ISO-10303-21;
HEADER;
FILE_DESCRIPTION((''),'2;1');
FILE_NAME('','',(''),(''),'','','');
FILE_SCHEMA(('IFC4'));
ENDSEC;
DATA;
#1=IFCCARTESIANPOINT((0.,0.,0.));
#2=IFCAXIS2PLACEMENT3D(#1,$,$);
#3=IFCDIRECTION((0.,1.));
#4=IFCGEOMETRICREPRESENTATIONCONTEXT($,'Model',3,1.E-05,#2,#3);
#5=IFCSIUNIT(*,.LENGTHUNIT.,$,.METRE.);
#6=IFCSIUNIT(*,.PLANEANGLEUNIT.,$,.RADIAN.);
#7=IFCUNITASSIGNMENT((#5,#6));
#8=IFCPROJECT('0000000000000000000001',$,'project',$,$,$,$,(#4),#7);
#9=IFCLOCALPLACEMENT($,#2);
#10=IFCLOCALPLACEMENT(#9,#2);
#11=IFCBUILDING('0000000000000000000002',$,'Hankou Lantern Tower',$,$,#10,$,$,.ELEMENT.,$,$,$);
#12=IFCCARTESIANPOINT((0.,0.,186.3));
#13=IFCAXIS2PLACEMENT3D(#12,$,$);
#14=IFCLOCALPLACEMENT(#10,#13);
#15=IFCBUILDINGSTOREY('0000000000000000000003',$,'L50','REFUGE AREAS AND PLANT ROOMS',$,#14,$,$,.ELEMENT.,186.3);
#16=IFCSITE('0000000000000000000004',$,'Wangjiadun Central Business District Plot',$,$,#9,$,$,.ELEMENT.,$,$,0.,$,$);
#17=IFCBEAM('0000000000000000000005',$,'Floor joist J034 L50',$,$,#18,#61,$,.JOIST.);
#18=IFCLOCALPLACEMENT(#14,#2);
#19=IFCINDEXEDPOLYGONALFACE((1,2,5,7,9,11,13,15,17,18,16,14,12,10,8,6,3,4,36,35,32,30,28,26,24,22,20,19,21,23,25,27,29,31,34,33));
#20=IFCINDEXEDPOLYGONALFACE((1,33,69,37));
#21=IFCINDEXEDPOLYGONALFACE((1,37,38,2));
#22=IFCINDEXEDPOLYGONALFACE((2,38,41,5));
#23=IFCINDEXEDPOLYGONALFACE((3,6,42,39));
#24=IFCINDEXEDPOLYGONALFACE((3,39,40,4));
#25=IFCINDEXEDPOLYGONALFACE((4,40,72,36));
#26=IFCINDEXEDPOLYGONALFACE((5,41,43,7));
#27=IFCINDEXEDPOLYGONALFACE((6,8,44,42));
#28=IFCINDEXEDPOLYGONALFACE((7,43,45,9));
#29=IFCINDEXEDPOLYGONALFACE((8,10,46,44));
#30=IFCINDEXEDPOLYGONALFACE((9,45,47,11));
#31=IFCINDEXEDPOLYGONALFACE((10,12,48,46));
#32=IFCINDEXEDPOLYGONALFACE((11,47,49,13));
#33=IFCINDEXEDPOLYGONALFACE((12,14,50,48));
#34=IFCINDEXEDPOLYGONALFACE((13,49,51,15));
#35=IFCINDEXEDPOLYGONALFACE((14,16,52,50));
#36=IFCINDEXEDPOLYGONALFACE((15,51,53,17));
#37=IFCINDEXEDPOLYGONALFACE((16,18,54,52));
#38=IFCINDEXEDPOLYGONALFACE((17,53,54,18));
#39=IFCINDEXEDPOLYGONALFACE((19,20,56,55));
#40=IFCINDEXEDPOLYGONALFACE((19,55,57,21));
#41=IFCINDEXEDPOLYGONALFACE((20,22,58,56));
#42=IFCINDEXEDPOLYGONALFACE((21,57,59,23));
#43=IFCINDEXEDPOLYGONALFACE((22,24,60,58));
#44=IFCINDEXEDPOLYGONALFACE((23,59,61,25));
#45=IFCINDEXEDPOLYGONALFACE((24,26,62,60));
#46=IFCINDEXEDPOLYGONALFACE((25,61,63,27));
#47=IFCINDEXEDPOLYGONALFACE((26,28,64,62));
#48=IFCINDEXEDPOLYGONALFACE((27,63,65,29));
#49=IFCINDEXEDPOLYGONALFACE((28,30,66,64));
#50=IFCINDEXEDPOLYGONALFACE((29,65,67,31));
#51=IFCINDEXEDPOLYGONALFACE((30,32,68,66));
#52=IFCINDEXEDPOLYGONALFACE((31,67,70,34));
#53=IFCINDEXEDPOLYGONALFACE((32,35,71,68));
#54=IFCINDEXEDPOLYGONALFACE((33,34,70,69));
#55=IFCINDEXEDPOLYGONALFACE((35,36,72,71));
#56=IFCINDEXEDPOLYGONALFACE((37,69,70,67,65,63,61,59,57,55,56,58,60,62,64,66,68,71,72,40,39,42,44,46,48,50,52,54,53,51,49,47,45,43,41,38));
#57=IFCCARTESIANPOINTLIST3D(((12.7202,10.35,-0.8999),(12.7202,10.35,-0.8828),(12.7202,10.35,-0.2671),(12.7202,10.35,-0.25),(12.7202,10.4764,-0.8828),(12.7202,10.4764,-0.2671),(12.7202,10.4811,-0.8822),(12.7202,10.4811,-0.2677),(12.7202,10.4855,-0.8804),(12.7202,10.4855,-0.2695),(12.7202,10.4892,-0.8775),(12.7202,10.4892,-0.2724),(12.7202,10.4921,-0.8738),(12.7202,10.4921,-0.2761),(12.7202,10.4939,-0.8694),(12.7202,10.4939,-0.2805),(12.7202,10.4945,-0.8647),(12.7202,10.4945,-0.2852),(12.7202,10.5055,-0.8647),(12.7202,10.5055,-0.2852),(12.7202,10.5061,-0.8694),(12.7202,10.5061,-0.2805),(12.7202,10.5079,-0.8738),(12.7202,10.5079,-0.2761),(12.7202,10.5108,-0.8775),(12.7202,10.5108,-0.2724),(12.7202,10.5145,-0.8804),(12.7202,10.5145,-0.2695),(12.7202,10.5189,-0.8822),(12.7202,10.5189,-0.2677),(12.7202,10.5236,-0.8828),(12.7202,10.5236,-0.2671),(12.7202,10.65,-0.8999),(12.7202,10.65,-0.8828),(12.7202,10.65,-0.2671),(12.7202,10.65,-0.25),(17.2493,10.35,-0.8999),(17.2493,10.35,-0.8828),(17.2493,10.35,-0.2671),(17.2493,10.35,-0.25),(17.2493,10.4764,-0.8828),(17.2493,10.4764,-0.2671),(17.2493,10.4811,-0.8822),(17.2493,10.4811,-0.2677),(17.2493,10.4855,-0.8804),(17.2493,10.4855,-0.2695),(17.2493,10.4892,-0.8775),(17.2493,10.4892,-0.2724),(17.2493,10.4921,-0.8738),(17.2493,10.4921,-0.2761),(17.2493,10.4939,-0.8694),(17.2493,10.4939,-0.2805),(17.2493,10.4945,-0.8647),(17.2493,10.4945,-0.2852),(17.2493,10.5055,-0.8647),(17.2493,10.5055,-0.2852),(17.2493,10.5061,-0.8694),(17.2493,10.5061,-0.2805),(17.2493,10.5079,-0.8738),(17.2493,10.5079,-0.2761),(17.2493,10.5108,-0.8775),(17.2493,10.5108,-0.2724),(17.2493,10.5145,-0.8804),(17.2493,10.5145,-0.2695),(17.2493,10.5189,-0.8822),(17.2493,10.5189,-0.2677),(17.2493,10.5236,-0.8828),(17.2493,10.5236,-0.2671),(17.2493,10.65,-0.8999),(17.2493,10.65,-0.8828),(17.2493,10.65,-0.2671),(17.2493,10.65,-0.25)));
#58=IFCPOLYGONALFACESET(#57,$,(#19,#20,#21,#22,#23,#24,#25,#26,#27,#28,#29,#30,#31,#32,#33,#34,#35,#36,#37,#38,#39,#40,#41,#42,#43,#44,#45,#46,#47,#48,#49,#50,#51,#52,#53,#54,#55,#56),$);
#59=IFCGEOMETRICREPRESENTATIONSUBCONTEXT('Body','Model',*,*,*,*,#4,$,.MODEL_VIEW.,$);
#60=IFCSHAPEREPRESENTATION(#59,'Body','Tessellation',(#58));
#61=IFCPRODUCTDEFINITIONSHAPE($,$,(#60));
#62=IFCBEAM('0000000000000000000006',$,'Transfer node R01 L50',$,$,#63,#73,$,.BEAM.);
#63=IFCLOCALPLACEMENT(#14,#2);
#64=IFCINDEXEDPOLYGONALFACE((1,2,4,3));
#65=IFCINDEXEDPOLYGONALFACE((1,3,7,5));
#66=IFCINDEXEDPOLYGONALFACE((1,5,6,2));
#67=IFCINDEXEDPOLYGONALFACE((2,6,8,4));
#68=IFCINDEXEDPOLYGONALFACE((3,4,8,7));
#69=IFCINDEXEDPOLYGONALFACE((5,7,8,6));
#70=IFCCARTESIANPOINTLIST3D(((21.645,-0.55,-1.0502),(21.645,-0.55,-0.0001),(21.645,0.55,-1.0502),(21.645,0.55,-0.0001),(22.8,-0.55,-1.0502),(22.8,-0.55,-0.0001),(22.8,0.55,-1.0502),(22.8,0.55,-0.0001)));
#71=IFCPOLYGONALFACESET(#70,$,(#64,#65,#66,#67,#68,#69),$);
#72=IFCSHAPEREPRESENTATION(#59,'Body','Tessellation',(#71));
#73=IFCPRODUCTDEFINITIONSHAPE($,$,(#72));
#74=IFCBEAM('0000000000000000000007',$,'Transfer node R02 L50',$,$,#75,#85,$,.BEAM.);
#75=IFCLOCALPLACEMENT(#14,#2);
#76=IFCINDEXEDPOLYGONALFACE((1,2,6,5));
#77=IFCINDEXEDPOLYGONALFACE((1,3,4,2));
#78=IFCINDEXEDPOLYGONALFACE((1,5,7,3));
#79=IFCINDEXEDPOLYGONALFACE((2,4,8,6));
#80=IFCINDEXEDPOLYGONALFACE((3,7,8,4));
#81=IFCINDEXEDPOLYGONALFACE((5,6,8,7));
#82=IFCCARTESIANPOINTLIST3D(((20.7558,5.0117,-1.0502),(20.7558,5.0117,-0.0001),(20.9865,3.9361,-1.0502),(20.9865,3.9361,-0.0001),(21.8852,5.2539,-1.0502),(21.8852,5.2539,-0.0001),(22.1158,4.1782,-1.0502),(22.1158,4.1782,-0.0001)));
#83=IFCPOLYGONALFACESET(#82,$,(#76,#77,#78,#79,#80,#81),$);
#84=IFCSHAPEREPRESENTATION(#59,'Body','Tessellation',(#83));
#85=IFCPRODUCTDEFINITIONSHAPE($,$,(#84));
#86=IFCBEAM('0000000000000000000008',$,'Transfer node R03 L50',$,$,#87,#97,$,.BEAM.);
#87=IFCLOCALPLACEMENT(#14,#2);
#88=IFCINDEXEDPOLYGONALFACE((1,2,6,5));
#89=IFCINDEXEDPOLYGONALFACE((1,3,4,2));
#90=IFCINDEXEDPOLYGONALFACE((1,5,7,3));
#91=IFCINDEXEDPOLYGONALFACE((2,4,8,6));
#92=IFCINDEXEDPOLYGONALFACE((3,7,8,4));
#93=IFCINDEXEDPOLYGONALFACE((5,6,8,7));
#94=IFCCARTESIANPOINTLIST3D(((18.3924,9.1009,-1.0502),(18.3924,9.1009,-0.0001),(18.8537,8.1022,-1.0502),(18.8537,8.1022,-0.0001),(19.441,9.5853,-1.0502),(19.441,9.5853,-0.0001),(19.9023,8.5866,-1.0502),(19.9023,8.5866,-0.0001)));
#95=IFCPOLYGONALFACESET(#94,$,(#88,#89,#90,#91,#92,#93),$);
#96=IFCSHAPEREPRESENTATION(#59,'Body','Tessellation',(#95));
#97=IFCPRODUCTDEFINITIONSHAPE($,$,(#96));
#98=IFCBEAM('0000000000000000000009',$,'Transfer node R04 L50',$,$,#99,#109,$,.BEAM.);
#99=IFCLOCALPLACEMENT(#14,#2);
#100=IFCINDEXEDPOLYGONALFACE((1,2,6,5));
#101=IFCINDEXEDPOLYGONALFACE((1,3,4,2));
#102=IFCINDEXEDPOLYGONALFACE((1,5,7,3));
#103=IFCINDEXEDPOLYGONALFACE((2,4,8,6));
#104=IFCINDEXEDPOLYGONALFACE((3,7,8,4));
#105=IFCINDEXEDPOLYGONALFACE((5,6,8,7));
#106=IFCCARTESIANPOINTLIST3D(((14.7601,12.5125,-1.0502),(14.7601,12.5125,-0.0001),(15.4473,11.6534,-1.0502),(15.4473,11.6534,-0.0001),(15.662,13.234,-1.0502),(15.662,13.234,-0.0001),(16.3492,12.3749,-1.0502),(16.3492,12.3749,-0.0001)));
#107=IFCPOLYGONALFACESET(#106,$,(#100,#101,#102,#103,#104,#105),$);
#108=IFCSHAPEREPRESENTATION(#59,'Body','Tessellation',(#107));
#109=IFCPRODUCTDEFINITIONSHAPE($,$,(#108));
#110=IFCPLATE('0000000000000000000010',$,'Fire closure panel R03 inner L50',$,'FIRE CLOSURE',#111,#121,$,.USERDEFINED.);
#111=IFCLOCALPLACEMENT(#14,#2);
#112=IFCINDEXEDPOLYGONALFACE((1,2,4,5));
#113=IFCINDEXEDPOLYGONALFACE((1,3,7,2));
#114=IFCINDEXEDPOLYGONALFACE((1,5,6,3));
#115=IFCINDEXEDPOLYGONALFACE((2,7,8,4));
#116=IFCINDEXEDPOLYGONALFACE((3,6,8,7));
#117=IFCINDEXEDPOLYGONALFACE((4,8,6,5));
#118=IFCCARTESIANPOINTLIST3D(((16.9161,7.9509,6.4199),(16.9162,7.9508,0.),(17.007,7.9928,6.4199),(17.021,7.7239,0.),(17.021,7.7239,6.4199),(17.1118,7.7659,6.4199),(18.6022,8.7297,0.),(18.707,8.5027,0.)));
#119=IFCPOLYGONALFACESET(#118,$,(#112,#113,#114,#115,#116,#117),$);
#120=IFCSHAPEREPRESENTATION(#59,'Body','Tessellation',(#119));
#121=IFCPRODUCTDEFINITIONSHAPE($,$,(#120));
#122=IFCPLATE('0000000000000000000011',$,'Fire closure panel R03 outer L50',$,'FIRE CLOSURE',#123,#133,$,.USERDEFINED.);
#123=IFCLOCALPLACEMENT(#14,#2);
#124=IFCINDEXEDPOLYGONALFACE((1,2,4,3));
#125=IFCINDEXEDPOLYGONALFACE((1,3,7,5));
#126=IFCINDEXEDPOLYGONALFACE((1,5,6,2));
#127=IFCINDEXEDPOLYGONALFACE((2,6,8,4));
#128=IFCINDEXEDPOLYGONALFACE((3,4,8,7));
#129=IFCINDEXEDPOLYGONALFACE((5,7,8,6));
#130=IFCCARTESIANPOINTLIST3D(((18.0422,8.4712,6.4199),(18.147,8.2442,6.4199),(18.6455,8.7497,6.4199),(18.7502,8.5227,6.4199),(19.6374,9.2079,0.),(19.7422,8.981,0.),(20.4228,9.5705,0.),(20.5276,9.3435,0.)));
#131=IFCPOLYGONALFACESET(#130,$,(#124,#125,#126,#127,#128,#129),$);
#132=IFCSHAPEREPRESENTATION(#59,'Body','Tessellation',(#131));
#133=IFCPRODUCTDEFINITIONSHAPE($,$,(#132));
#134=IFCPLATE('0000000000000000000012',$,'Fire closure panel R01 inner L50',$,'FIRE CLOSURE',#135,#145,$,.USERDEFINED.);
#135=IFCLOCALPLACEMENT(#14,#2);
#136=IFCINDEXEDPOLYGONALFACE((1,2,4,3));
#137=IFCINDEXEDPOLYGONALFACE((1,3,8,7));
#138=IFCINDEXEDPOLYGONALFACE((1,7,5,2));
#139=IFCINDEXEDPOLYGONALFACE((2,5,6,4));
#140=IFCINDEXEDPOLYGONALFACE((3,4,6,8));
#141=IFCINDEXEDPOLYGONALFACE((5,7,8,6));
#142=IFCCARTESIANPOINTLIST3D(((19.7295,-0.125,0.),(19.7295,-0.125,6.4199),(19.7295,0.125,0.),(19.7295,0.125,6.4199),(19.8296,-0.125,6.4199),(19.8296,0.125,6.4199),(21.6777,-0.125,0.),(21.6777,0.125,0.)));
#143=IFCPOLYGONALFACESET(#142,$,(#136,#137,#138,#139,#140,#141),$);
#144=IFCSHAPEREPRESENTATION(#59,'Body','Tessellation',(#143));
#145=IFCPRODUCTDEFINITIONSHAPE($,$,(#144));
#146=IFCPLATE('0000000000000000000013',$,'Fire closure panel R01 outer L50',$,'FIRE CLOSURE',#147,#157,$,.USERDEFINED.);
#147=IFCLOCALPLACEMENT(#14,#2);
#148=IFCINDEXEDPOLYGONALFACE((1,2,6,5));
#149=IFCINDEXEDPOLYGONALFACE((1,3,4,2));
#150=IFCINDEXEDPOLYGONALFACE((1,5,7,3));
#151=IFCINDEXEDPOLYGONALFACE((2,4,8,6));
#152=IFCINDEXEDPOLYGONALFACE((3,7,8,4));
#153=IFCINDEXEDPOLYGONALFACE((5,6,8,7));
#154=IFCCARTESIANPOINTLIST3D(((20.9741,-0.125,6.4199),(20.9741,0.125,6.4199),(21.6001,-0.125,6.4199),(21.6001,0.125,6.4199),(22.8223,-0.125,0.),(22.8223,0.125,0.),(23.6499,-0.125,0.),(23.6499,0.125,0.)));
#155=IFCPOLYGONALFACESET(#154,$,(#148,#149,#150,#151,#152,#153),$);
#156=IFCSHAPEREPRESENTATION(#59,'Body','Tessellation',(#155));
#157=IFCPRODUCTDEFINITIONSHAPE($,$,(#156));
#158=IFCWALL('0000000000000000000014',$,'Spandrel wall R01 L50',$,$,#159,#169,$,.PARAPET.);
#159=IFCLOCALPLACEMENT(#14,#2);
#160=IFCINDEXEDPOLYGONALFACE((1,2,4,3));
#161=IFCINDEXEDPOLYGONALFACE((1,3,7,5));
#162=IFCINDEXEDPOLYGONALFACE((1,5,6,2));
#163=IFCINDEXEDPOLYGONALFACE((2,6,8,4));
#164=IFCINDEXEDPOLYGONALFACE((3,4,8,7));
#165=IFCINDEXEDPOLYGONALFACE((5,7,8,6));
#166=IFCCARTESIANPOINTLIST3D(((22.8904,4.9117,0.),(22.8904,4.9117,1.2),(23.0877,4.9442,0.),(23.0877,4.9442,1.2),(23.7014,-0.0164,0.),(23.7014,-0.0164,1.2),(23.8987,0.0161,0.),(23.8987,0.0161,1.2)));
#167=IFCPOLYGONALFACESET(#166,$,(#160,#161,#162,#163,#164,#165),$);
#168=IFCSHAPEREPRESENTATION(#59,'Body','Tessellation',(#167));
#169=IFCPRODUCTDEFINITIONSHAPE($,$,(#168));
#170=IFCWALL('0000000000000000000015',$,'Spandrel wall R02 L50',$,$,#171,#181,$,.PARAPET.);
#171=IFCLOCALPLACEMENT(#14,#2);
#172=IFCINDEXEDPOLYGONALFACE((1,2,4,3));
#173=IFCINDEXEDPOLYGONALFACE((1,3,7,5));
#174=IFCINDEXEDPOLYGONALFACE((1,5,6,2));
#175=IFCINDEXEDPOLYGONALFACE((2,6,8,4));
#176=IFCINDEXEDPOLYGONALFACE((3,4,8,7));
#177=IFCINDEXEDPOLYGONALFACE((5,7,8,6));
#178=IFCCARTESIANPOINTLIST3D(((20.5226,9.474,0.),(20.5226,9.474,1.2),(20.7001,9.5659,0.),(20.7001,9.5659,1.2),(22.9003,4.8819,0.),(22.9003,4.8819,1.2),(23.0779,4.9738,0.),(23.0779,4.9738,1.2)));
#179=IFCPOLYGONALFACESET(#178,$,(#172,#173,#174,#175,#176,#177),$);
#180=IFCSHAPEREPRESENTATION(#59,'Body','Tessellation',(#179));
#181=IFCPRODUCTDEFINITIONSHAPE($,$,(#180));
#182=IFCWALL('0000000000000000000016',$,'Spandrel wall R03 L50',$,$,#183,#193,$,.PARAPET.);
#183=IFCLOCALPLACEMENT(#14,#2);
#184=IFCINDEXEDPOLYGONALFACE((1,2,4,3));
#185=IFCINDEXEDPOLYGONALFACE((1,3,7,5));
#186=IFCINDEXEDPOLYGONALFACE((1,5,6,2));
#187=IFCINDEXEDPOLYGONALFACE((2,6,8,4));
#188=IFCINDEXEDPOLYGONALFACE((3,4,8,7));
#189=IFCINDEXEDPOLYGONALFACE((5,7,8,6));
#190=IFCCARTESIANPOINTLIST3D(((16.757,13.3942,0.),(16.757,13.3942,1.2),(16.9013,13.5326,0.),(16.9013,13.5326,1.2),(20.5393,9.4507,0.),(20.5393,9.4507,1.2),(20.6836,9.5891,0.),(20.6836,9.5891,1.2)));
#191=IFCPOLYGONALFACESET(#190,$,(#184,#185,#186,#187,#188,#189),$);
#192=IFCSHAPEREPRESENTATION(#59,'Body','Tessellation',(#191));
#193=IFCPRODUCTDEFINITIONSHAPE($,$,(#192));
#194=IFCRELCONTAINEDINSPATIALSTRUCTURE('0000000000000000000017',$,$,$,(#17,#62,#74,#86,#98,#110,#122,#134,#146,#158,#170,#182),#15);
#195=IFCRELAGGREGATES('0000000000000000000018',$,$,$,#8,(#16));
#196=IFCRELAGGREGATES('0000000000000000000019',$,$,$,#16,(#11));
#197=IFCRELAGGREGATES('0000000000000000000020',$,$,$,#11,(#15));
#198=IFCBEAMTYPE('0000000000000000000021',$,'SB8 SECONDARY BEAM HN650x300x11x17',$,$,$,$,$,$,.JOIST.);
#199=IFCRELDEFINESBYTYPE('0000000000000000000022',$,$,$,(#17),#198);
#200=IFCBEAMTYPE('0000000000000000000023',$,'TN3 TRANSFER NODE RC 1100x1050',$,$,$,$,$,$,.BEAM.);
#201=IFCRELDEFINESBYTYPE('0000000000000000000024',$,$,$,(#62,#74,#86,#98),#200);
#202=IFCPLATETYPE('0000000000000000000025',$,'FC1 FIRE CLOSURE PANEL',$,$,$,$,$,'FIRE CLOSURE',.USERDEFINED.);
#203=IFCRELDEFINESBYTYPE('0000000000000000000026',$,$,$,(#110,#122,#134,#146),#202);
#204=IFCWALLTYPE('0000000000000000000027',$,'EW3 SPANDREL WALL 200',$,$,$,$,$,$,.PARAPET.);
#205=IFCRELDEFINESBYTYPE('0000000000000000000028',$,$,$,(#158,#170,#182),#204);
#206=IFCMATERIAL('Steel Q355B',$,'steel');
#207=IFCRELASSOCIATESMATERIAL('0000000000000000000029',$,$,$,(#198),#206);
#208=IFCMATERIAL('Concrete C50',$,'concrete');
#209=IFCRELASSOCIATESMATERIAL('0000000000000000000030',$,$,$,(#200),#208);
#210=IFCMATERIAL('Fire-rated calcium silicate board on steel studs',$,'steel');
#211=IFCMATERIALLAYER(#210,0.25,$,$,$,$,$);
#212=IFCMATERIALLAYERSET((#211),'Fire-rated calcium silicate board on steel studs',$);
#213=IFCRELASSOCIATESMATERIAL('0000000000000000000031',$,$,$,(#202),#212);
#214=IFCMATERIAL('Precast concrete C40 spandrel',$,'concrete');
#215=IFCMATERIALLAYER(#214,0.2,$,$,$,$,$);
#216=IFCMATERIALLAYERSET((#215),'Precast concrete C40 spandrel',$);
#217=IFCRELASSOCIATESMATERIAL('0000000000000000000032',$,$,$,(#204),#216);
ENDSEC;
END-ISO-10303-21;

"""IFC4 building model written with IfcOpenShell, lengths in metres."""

from ifc_helpers import new_model, si_unit, direction, frame, frame_2d, origin, origin_2d, place, context, subcontext, project, spatial, polyline, rectangle, i_section, outline, extrude, material, layer, layer_set, material_profile, profile_set, type_object, element, save


model = new_model("IFC4")

# Units and contexts
model_context = context("Model", 3, precision=1e-05, world=origin(), true_north=direction((0.0, 1.0)))
body_context = subcontext(model_context, "Body", "Model", "MODEL_VIEW")
ifc_project = project(units=[si_unit("LENGTHUNIT", "METRE"), si_unit("PLANEANGLEUNIT", "RADIAN")], contexts=[model_context])

# Site, building, storey
site_placement = place(None, origin())
site = spatial("IfcSite", under=ifc_project, at=site_placement, Name="Wangjiadun Central Business District Plot", CompositionType="ELEMENT", RefElevation=0.0)
building_placement = place(site_placement, origin())
building = spatial("IfcBuilding", under=site, at=building_placement, Name="Hankou Lantern Tower", CompositionType="ELEMENT")
storey_placement = place(building_placement, frame((0.0, 0.0, 186.3)))
storey = spatial("IfcBuildingStorey", under=building, at=storey_placement, Name="L50", Description="REFUGE AREAS AND PLANT ROOMS", CompositionType="ELEMENT", Elevation=186.3)

# Beams
ifc_material_1 = material(Name="Steel Q355B", Category="steel")
ifc_material_profile_1 = material_profile(ifc_material_1, i_section(OverallWidth=0.3, OverallDepth=0.6499, WebThickness=0.011, FlangeThickness=0.0171, FilletRadius=0.0181, at=origin_2d()), Name="HN650x300x11x17")
ifc_profile_set_1 = profile_set([ifc_material_profile_1], Name="Steel Q355B")
beam_type_1 = type_object("IfcBeamType", Name="SB8 SECONDARY BEAM HN650x300x11x17", PredefinedType="JOIST", material=ifc_profile_set_1)
beam_1_placement = place(storey_placement, frame((12.7202, 10.5, -0.575), z_axis=(1.0, 0.0, 0.0), x_axis=(0.0, 1.0, 0.0)))
element("IfcBeam", 1, at=beam_1_placement, inside=storey, type_object=beam_type_1, Name="Floor joist J034 L50", PredefinedType="JOIST", context=body_context, shape_type="SweptSolid", body=[
    extrude(i_section(OverallWidth=0.3, OverallDepth=0.6499, WebThickness=0.011, FlangeThickness=0.0171, FilletRadius=0.0181, at=origin_2d()), origin(), (0.0, 0.0, 1.0), 4.5291),
])
ifc_material_2 = material(Name="Concrete C50", Category="concrete")
ifc_material_profile_2 = material_profile(ifc_material_2, rectangle(XDim=1.1001, YDim=1.05, at=origin_2d()), Name="RC 1100x1050")
ifc_profile_set_2 = profile_set([ifc_material_profile_2], Name="Concrete C50")
beam_type_2 = type_object("IfcBeamType", Name="TN3 TRANSFER NODE RC 1100x1050", PredefinedType="BEAM", material=ifc_profile_set_2)
for number, where, z_axis, x_axis, name in (
    (2, (22.8, 0.0, -0.5251), (-1.0, 0.0, 0.0), (0.0, -1.0, 0.0), "Transfer node R01 L50"),
    (3, (22.0005, 4.7161, -0.5251), (-0.977771, -0.209673, 0.0), (0.209673, -0.977771, 0.0), "Transfer node R02 L50"),
    (4, (19.6716, 9.0859, -0.5251), (-0.907823, -0.419353, 0.0), (0.419353, -0.907823, 0.0), "Transfer node R03 L50"),
    (5, (16.0056, 12.8044, -0.5251), (-0.780889, -0.624669, 0.0), (0.624669, -0.780889, 0.0), "Transfer node R04 L50"),
):
    element("IfcBeam", number, at=place(storey_placement, frame(where, z_axis=z_axis, x_axis=x_axis)), inside=storey, type_object=beam_type_2, Name=name, PredefinedType="BEAM", context=body_context, shape_type="SweptSolid", body=[
        extrude(rectangle(XDim=1.1001, YDim=1.05, at=origin_2d()), origin(), (0.0, 0.0, 1.0), 1.155),
    ])

# Plates
ifc_material_3 = material(Name="Fire-rated calcium silicate board on steel studs", Category="steel")
ifc_layer_1 = layer(ifc_material_3, 0.25)
ifc_layer_set_1 = layer_set([ifc_layer_1], Name="Fire-rated calcium silicate board on steel studs")
plate_type = type_object("IfcPlateType", Name="FC1 FIRE CLOSURE PANEL", ElementType="FIRE CLOSURE", PredefinedType="USERDEFINED", material=ifc_layer_set_1)
plate_1_placement = place(storey_placement, frame((17.021, 7.7239, 0.0), z_axis=(0.419359, -0.907821, 0.000005), x_axis=(0.907821, 0.419359, 0.0)))
element("IfcPlate", 6, at=plate_1_placement, inside=storey, type_object=plate_type, Name="Fire closure panel R03 inner L50", ObjectType="FIRE CLOSURE", PredefinedType="USERDEFINED", context=body_context, shape_type="SweptSolid", body=[
    extrude(outline(polyline([(0.0, 0.0), (1.8572, 0.0), (0.1001, 6.4199), (0.0, 6.4199), (0.0, 0.0)])), origin(), (0.0, 0.0, -1.0), 0.25),
])
plate_2_placement = place(storey_placement, frame((19.7422, 8.981, 0.0), z_axis=(0.419159, -0.907913, -0.000042), x_axis=(0.907913, 0.419159, 0.0)))
element("IfcPlate", 7, at=plate_2_placement, inside=storey, type_object=plate_type, Name="Fire closure panel R03 outer L50", ObjectType="FIRE CLOSURE", PredefinedType="USERDEFINED", context=body_context, shape_type="SweptSolid", body=[
    extrude(outline(polyline([(0.0, 0.0), (0.865, 0.0), (-1.0927, 6.4199), (-1.7572, 6.4199), (0.0, 0.0)])), origin(), (0.0, 0.0, -1.0), 0.25),
])
plate_3_placement = place(storey_placement, frame((19.7295, 0.125, 0.0), z_axis=(0.0, 1.0, 0.0), x_axis=(1.0, 0.0, 0.0)))
element("IfcPlate", 8, at=plate_3_placement, inside=storey, type_object=plate_type, Name="Fire closure panel R01 inner L50", ObjectType="FIRE CLOSURE", PredefinedType="USERDEFINED", context=body_context, shape_type="SweptSolid", body=[
    extrude(outline(polyline([(0.0, 0.0), (1.9482, 0.0), (0.1001, -6.4199), (0.0, -6.4199), (0.0, 0.0)])), origin(), (0.0, 0.0, -1.0), 0.25),
])
plate_4_placement = place(storey_placement, frame((22.8223, 0.125, 0.0), z_axis=(0.0, 1.0, 0.0), x_axis=(1.0, 0.0, 0.0)))
element("IfcPlate", 9, at=plate_4_placement, inside=storey, type_object=plate_type, Name="Fire closure panel R01 outer L50", ObjectType="FIRE CLOSURE", PredefinedType="USERDEFINED", context=body_context, shape_type="SweptSolid", body=[
    extrude(outline(polyline([(0.0, 0.0), (0.8276, 0.0), (-1.2222, -6.4199), (-1.8481, -6.4199), (0.0, 0.0)])), origin(), (0.0, 0.0, -1.0), 0.25),
])

# Walls
ifc_material_4 = material(Name="Precast concrete C40 spandrel", Category="concrete")
ifc_layer_2 = layer(ifc_material_4, 0.2)
ifc_layer_set_2 = layer_set([ifc_layer_2], Name="Precast concrete C40 spandrel")
wall_type_1 = type_object("IfcWallType", Name="EW3 SPANDREL WALL 200", PredefinedType="PARAPET", material=ifc_layer_set_2)
wall_1_placement = place(storey_placement, frame((23.8, 0.0, 0.0), z_axis=(0.0, 0.0, 1.0), x_axis=(-0.162393, 0.986726, 0.0)))
element("IfcWall", 10, at=wall_1_placement, inside=storey, type_object=wall_type_1, Name="Spandrel wall R01 L50", PredefinedType="PARAPET", context=body_context, shape_type="SweptSolid", body=[
    extrude(rectangle(XDim=4.9944, YDim=0.2, at=frame_2d((2.4971, 0.0))), origin(), (0.0, 0.0, 1.0), 1.2),
])
wall_2_placement = place(storey_placement, frame((22.989, 4.928, 0.0), z_axis=(0.0, 0.0, 1.0), x_axis=(-0.459803, 0.888021, 0.0)))
element("IfcWall", 11, at=wall_2_placement, inside=storey, type_object=wall_type_1, Name="Spandrel wall R02 L50", PredefinedType="PARAPET", context=body_context, shape_type="SweptSolid", body=[
    extrude(rectangle(XDim=5.1711, YDim=0.2, at=frame_2d((2.5854, 0.0))), origin(), (0.0, 0.0, 1.0), 1.2),
])
wall_3_placement = place(storey_placement, frame((20.6113, 9.52, 0.0), z_axis=(0.0, 0.0, 1.0), x_axis=(-0.692208, 0.721698, 0.0)))
element("IfcWall", 12, at=wall_3_placement, inside=storey, type_object=wall_type_1, Name="Spandrel wall R03 L50", PredefinedType="PARAPET", context=body_context, shape_type="SweptSolid", body=[
    extrude(rectangle(XDim=5.4641, YDim=0.2, at=frame_2d((2.7319, 0.0))), origin(), (0.0, 0.0, 1.0), 1.2),
])

save(model, "model.ifc")
